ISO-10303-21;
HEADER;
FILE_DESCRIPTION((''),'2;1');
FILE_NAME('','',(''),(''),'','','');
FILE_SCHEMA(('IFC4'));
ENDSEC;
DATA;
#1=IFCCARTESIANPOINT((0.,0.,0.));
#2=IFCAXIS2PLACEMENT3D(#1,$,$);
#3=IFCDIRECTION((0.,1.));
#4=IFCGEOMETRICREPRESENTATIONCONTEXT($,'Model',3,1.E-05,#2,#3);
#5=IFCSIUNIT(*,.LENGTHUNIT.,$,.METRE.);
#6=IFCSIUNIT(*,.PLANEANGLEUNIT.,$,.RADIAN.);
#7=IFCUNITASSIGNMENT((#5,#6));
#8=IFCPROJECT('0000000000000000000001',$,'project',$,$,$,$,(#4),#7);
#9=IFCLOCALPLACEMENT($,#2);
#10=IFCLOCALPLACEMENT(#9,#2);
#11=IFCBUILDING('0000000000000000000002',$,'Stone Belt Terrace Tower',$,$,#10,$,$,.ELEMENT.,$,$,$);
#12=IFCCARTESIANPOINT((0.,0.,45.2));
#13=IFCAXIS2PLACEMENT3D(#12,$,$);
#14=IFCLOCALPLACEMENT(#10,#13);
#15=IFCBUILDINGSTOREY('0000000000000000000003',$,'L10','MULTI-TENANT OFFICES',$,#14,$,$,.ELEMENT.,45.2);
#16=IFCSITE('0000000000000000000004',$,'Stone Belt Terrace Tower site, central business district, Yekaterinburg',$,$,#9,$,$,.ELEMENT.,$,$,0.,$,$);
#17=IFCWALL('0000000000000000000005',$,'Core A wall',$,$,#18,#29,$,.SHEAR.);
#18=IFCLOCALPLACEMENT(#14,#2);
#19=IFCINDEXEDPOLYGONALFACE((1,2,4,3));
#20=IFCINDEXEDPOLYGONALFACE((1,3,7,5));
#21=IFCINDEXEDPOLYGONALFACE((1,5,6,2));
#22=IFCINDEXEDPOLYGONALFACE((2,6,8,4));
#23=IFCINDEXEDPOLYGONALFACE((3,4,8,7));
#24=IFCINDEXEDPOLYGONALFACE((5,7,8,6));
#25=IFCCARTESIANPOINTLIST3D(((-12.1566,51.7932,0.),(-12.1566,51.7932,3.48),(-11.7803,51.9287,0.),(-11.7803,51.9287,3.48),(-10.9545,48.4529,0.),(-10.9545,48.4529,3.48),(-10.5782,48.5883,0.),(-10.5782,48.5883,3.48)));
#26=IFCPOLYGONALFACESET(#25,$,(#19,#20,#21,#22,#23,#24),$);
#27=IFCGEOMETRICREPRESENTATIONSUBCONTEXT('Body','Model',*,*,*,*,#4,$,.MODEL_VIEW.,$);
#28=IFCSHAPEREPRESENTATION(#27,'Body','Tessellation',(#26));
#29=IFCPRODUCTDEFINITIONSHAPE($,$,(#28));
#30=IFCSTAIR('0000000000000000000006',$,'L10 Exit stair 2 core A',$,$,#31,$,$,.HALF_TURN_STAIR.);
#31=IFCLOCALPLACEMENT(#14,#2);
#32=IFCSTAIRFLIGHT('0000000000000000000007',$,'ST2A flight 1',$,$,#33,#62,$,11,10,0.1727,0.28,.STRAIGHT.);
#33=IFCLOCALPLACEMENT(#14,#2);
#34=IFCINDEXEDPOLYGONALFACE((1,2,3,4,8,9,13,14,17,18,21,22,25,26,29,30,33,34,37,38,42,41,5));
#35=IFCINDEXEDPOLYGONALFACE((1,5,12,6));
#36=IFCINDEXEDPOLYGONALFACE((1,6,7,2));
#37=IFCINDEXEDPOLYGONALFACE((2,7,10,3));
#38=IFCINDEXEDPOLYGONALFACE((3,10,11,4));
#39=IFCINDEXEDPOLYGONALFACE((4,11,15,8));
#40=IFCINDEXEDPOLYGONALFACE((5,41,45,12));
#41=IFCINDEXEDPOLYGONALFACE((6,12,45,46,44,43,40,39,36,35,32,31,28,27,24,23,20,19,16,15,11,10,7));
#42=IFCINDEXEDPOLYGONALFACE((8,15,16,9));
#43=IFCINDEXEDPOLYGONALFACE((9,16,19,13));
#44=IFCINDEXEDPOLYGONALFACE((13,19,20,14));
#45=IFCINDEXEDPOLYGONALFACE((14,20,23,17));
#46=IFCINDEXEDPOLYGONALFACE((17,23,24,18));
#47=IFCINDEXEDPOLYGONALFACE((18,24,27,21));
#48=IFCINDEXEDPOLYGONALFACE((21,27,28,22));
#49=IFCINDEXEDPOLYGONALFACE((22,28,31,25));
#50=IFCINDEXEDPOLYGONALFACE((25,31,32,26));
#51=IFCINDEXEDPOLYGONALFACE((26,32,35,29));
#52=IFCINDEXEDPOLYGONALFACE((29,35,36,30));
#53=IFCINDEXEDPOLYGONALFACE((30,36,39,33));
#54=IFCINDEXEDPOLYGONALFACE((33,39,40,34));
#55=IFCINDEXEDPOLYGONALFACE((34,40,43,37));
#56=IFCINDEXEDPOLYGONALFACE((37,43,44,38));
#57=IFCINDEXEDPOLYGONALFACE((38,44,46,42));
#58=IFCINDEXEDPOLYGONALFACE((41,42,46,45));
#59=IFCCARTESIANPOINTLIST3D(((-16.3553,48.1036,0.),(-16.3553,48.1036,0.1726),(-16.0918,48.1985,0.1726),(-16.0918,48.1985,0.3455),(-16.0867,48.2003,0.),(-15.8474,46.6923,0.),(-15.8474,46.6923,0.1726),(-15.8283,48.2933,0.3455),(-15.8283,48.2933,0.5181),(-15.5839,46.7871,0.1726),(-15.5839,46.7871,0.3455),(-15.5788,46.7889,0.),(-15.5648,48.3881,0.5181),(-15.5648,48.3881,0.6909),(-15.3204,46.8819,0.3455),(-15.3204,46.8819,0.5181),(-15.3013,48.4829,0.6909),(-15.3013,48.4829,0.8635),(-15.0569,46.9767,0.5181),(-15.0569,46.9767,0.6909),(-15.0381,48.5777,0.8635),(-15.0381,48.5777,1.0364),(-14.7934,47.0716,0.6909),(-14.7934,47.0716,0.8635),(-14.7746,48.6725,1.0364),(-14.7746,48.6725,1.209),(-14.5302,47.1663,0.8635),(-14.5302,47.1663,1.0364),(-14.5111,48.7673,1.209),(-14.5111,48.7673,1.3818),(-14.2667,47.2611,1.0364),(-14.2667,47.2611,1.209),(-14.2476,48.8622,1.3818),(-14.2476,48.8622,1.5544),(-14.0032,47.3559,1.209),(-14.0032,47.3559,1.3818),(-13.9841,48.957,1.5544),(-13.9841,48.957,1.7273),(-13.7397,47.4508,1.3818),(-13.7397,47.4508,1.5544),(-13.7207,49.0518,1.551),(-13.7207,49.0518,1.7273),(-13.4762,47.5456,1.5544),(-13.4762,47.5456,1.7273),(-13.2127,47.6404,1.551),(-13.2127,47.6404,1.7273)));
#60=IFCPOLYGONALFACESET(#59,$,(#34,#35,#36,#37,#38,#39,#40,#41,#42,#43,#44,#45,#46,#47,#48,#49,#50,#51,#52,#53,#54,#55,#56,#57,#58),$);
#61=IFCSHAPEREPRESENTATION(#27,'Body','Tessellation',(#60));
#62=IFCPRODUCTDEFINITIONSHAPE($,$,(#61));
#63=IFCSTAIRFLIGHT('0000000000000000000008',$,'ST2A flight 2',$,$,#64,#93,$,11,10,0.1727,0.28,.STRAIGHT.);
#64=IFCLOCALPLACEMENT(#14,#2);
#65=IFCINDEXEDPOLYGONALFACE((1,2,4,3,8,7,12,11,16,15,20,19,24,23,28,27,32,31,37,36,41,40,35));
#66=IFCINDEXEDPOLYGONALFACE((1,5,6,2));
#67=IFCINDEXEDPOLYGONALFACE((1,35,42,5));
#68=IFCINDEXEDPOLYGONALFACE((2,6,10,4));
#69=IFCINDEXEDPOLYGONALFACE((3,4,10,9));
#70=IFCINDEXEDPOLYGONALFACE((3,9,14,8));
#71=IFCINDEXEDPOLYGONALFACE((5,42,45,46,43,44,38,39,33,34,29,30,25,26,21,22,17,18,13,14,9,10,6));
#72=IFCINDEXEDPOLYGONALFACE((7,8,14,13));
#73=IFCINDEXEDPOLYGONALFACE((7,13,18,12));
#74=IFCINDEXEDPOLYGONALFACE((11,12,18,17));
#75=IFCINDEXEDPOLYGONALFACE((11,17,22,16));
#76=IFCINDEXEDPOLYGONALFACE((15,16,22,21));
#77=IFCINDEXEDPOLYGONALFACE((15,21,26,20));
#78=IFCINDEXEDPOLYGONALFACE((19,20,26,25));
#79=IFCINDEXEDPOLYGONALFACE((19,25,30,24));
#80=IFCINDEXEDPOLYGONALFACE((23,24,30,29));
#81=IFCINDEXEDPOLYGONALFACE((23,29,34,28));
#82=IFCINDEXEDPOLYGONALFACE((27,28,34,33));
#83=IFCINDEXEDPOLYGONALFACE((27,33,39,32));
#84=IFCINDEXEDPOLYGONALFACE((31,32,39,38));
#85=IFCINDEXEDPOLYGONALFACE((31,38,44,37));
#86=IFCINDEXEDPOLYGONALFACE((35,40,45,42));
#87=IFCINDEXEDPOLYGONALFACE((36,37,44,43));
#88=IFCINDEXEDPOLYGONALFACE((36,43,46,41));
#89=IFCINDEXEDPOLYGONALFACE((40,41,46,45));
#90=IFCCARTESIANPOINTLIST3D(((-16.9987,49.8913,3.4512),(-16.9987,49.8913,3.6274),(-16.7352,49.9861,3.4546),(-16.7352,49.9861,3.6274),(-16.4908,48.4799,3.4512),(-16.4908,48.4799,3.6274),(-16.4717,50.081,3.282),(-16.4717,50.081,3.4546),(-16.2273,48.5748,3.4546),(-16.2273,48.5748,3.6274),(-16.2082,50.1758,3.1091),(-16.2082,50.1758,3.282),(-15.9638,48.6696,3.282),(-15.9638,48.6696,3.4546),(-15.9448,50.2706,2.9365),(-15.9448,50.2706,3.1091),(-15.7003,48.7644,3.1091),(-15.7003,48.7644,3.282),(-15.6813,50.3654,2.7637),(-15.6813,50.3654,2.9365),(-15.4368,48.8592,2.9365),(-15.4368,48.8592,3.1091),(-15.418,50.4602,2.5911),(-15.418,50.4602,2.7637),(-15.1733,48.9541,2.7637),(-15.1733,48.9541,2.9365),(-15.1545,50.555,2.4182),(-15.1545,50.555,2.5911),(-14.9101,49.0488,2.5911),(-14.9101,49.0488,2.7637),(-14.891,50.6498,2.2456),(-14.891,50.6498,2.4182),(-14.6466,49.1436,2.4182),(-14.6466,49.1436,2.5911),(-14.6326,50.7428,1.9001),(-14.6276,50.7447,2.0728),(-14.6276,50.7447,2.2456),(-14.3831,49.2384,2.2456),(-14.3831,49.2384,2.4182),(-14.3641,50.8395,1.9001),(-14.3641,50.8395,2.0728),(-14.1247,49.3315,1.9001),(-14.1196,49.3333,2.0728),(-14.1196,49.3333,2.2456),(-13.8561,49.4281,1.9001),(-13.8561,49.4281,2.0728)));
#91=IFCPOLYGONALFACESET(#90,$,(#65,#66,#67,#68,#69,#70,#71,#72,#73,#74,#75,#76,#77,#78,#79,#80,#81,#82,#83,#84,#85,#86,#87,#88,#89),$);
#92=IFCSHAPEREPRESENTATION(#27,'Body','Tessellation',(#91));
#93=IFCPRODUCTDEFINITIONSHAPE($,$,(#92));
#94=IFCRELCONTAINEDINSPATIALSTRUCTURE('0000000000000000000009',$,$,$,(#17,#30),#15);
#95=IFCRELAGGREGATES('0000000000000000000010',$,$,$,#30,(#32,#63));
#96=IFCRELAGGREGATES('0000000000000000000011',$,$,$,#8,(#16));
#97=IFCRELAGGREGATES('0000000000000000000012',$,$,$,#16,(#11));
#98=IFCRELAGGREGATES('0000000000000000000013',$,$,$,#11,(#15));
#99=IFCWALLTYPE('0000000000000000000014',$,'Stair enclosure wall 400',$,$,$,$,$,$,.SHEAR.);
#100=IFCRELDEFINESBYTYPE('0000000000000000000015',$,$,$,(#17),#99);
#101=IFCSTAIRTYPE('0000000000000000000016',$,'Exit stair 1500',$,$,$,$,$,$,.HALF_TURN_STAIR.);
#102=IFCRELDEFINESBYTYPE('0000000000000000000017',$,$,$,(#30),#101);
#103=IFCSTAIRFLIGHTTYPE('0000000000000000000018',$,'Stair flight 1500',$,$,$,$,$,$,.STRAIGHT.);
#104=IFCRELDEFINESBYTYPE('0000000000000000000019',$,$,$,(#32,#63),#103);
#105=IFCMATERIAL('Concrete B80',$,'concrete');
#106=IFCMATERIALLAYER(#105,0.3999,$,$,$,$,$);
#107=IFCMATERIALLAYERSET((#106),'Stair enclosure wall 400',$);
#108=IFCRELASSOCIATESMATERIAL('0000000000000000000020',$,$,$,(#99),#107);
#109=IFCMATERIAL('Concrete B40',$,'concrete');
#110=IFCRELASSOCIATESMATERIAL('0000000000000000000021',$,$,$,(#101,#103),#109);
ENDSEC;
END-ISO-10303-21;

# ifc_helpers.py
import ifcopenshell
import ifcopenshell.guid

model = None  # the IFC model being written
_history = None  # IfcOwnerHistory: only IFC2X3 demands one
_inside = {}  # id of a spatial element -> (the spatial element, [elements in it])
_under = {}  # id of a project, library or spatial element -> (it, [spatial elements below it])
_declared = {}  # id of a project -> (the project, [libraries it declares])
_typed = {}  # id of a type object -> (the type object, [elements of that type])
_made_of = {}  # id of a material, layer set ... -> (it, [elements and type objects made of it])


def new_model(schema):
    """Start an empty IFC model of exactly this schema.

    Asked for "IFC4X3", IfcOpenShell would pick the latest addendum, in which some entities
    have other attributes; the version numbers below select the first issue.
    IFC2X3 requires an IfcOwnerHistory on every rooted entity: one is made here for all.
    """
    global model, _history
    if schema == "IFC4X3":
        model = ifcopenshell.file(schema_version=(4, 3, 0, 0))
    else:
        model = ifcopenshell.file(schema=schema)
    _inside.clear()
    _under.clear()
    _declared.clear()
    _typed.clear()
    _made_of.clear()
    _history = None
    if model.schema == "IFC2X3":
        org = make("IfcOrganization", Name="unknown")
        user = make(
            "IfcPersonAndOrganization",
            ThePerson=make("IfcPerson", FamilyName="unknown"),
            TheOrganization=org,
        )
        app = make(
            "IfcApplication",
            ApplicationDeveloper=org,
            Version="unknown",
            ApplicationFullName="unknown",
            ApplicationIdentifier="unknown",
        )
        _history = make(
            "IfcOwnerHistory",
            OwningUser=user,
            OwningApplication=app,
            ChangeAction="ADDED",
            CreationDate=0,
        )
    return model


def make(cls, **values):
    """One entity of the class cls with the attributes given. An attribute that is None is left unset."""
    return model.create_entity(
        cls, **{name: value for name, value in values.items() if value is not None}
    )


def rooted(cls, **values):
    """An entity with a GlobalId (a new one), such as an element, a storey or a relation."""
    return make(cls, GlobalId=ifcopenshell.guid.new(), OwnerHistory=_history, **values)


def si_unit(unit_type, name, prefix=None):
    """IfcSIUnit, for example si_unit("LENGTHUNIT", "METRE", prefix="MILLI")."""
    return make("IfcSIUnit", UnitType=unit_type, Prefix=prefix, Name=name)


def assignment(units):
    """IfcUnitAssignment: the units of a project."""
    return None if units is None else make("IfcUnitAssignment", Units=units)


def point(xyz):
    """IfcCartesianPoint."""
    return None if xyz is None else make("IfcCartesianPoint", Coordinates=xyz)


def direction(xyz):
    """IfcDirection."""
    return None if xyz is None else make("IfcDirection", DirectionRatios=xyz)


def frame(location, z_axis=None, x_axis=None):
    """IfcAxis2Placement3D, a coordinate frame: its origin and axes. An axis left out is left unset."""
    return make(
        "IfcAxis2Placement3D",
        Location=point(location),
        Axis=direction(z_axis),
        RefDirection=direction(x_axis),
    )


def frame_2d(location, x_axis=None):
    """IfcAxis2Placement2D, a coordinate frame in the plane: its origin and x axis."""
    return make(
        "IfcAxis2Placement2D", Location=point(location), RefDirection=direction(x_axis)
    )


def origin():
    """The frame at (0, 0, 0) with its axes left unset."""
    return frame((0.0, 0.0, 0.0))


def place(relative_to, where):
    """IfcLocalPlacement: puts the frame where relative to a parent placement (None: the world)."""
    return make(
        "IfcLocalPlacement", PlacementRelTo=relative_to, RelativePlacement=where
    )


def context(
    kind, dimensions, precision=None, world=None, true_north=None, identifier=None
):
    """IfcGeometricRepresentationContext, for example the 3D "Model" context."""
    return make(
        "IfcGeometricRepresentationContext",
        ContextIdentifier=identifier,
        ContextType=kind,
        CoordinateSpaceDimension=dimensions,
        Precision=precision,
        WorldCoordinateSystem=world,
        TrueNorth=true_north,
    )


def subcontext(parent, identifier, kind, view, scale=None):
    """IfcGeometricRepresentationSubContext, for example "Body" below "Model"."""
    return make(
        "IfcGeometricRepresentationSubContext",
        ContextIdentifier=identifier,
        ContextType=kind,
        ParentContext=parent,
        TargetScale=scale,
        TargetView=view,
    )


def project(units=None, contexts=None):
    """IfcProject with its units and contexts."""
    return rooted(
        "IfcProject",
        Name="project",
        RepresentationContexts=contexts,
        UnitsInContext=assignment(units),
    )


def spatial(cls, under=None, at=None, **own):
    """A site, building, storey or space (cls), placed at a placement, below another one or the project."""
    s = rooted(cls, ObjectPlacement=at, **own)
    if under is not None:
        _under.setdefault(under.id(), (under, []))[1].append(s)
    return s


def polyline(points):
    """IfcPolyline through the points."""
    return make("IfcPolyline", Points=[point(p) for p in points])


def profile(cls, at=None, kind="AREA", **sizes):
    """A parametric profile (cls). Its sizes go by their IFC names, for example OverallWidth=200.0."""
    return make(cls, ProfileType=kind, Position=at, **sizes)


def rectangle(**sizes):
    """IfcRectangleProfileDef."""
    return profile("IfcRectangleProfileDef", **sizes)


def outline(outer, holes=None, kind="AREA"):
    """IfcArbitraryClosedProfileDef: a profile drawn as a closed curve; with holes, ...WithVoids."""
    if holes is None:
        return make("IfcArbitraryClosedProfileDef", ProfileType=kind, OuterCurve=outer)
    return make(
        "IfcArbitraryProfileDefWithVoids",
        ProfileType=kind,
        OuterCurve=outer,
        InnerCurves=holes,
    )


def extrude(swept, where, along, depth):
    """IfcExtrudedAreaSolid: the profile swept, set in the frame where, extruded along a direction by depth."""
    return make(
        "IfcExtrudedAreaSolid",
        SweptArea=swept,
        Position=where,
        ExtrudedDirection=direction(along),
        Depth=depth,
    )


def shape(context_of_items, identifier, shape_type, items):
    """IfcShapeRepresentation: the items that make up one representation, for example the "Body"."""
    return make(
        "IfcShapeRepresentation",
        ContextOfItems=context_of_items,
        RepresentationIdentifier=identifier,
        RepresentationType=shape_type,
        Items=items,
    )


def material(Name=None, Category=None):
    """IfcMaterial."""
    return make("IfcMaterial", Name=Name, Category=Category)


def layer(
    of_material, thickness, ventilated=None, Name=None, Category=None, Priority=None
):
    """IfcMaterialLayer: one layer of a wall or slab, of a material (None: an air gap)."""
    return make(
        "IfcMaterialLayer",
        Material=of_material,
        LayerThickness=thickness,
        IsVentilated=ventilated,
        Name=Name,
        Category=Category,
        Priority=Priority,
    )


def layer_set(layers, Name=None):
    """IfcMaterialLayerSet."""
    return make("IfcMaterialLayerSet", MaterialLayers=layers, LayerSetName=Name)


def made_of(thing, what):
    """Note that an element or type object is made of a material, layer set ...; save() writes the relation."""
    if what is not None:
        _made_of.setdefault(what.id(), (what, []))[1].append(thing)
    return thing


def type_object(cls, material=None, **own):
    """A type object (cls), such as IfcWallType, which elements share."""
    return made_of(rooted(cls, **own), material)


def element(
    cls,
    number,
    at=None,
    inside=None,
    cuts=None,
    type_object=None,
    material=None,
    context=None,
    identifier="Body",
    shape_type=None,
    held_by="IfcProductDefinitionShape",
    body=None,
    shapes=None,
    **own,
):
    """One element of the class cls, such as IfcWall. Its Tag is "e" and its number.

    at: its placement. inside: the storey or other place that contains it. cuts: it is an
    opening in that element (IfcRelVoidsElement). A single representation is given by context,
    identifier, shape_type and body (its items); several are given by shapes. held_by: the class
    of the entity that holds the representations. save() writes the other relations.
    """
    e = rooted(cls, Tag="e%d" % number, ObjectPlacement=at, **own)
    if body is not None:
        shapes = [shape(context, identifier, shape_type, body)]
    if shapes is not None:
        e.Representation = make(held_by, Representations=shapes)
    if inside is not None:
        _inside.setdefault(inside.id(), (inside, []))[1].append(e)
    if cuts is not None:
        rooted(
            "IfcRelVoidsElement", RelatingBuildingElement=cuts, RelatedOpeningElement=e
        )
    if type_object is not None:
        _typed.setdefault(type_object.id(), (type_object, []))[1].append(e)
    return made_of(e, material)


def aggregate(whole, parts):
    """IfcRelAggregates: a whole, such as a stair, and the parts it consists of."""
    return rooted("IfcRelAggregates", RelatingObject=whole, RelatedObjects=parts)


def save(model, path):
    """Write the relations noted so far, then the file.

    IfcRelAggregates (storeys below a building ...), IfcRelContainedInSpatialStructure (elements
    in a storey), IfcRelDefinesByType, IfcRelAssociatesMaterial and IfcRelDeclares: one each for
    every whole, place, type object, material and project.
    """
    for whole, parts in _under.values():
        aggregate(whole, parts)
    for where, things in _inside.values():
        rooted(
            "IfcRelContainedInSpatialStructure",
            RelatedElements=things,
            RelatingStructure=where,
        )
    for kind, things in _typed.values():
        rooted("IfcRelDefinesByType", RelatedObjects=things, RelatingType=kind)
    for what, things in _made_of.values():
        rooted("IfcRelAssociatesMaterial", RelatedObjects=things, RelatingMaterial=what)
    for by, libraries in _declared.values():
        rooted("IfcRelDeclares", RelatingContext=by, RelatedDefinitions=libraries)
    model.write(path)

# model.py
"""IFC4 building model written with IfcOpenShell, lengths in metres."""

from ifc_helpers import new_model, si_unit, direction, frame, frame_2d, origin, place, context, subcontext, project, spatial, polyline, rectangle, outline, extrude, material, layer, layer_set, type_object, element, aggregate, save


model = new_model("IFC4")

# Units and contexts
model_context = context("Model", 3, precision=1e-05, world=origin(), true_north=direction((0.0, 1.0)))
body_context = subcontext(model_context, "Body", "Model", "MODEL_VIEW")
ifc_project = project(units=[si_unit("LENGTHUNIT", "METRE"), si_unit("PLANEANGLEUNIT", "RADIAN")], contexts=[model_context])

# Site, building, storey
site_placement = place(None, origin())
site = spatial("IfcSite", under=ifc_project, at=site_placement, Name="Stone Belt Terrace Tower site, central business district, Yekaterinburg", CompositionType="ELEMENT", RefElevation=0.0)
building_placement = place(site_placement, origin())
building = spatial("IfcBuilding", under=site, at=building_placement, Name="Stone Belt Terrace Tower", CompositionType="ELEMENT")
storey_placement = place(building_placement, frame((0.0, 0.0, 45.2)))
storey = spatial("IfcBuildingStorey", under=building, at=storey_placement, Name="L10", Description="MULTI-TENANT OFFICES", CompositionType="ELEMENT", Elevation=45.2)

# Shared definitions
ifc_material_1 = material(Name="Concrete B80", Category="concrete")

# Shared definitions
ifc_layer_1 = layer(ifc_material_1, 0.3999)
ifc_layer_set_1 = layer_set([ifc_layer_1], Name="Stair enclosure wall 400")
wall_type_1 = type_object("IfcWallType", Name="Stair enclosure wall 400", PredefinedType="SHEAR", material=ifc_layer_set_1)

# Wall
wall_1_placement = place(storey_placement, frame((-10.7664, 48.5208, 0.0), z_axis=(0.0, 0.0, 1.0), x_axis=(-0.338627, 0.940921, 0.0)))
element("IfcWall", 1, at=wall_1_placement, inside=storey, type_object=wall_type_1, Name="Core A wall", PredefinedType="SHEAR", context=body_context, shape_type="SweptSolid", body=[
    extrude(rectangle(XDim=3.55, YDim=0.3999, at=frame_2d((1.7749, 0.0))), origin(), (0.0, 0.0, 1.0), 3.48),
])

# Stair, stair flights
ifc_material_2 = material(Name="Concrete B40", Category="concrete")
stair_type = type_object("IfcStairType", Name="Exit stair 1500", PredefinedType="HALF_TURN_STAIR", material=ifc_material_2)
stair_placement = place(storey_placement, origin())
stair = element("IfcStair", 2, at=stair_placement, inside=storey, type_object=stair_type, Name="L10 Exit stair 2 core A", PredefinedType="HALF_TURN_STAIR")
stair_flight_type = type_object("IfcStairFlightType", Name="Stair flight 1500", PredefinedType="STRAIGHT", material=ifc_material_2)
stair_flight_1_placement = place(storey_placement, frame((-16.1013, 47.3979, 0.0), z_axis=(0.0, 0.0, 1.0), x_axis=(0.940922, 0.338624, 0.0)))
stair_flight_1 = element("IfcStairFlight", 3, at=stair_flight_1_placement, type_object=stair_flight_type, Name="ST2A flight 1", NumberOfRisers=11, NumberOfTreads=10, PredefinedType="STRAIGHT", RiserHeight=0.1727, TreadLength=0.28, context=body_context, shape_type="SweptSolid", body=[
    extrude(outline(polyline([(0.0, 0.0), (0.0, 0.1726), (0.28, 0.1726), (0.28, 0.3455), (0.5601, 0.3455), (0.5601, 0.5181), (0.8401, 0.5181), (0.8401, 0.6909), (1.1201, 0.6909), (1.1201, 0.8635), (1.3999, 0.8635), (1.3999, 1.0364), (1.6799, 1.0364), (1.6799, 1.209), (1.96, 1.209), (1.96, 1.3818), (2.24, 1.3818), (2.24, 1.5544), (2.52, 1.5544), (2.52, 1.7273), (2.8, 1.7273), (2.8, 1.8999), (2.8, 1.551), (0.2854, 0.0), (0.0, 0.0)])), frame((0.0, 0.75, 0.0), z_axis=(0.0, -1.0, 0.0), x_axis=(1.0, 0.0, 0.0)), (0.0, 0.0, 1.0), 1.5),
])
stair_flight_2_placement = place(storey_placement, frame((-14.1101, 50.1338, 1.9001), z_axis=(0.0, 0.0, 1.0), x_axis=(-0.940922, -0.338624, 0.0)))
stair_flight_2 = element("IfcStairFlight", 4, at=stair_flight_2_placement, type_object=stair_flight_type, Name="ST2A flight 2", NumberOfRisers=11, NumberOfTreads=10, PredefinedType="STRAIGHT", RiserHeight=0.1727, TreadLength=0.28, context=body_context, shape_type="SweptSolid", body=[
    extrude(outline(polyline([(0.0, 0.0), (0.0, 0.1726), (0.28, 0.1726), (0.28, 0.3455), (0.5601, 0.3455), (0.5601, 0.5181), (0.8401, 0.5181), (0.8401, 0.6909), (1.1201, 0.6909), (1.1201, 0.8635), (1.3999, 0.8635), (1.3999, 1.0364), (1.6799, 1.0364), (1.6799, 1.209), (1.96, 1.209), (1.96, 1.3818), (2.24, 1.3818), (2.24, 1.5544), (2.52, 1.5544), (2.52, 1.7273), (2.8, 1.7273), (2.8, 1.8999), (2.8, 1.551), (0.2854, 0.0), (0.0, 0.0)])), frame((0.0, 0.75, 0.0), z_axis=(0.0, -1.0, 0.0), x_axis=(1.0, 0.0, 0.0)), (0.0, 0.0, 1.0), 1.5),
])
aggregate(stair, [stair_flight_1, stair_flight_2])

save(model, "model.ifc")
